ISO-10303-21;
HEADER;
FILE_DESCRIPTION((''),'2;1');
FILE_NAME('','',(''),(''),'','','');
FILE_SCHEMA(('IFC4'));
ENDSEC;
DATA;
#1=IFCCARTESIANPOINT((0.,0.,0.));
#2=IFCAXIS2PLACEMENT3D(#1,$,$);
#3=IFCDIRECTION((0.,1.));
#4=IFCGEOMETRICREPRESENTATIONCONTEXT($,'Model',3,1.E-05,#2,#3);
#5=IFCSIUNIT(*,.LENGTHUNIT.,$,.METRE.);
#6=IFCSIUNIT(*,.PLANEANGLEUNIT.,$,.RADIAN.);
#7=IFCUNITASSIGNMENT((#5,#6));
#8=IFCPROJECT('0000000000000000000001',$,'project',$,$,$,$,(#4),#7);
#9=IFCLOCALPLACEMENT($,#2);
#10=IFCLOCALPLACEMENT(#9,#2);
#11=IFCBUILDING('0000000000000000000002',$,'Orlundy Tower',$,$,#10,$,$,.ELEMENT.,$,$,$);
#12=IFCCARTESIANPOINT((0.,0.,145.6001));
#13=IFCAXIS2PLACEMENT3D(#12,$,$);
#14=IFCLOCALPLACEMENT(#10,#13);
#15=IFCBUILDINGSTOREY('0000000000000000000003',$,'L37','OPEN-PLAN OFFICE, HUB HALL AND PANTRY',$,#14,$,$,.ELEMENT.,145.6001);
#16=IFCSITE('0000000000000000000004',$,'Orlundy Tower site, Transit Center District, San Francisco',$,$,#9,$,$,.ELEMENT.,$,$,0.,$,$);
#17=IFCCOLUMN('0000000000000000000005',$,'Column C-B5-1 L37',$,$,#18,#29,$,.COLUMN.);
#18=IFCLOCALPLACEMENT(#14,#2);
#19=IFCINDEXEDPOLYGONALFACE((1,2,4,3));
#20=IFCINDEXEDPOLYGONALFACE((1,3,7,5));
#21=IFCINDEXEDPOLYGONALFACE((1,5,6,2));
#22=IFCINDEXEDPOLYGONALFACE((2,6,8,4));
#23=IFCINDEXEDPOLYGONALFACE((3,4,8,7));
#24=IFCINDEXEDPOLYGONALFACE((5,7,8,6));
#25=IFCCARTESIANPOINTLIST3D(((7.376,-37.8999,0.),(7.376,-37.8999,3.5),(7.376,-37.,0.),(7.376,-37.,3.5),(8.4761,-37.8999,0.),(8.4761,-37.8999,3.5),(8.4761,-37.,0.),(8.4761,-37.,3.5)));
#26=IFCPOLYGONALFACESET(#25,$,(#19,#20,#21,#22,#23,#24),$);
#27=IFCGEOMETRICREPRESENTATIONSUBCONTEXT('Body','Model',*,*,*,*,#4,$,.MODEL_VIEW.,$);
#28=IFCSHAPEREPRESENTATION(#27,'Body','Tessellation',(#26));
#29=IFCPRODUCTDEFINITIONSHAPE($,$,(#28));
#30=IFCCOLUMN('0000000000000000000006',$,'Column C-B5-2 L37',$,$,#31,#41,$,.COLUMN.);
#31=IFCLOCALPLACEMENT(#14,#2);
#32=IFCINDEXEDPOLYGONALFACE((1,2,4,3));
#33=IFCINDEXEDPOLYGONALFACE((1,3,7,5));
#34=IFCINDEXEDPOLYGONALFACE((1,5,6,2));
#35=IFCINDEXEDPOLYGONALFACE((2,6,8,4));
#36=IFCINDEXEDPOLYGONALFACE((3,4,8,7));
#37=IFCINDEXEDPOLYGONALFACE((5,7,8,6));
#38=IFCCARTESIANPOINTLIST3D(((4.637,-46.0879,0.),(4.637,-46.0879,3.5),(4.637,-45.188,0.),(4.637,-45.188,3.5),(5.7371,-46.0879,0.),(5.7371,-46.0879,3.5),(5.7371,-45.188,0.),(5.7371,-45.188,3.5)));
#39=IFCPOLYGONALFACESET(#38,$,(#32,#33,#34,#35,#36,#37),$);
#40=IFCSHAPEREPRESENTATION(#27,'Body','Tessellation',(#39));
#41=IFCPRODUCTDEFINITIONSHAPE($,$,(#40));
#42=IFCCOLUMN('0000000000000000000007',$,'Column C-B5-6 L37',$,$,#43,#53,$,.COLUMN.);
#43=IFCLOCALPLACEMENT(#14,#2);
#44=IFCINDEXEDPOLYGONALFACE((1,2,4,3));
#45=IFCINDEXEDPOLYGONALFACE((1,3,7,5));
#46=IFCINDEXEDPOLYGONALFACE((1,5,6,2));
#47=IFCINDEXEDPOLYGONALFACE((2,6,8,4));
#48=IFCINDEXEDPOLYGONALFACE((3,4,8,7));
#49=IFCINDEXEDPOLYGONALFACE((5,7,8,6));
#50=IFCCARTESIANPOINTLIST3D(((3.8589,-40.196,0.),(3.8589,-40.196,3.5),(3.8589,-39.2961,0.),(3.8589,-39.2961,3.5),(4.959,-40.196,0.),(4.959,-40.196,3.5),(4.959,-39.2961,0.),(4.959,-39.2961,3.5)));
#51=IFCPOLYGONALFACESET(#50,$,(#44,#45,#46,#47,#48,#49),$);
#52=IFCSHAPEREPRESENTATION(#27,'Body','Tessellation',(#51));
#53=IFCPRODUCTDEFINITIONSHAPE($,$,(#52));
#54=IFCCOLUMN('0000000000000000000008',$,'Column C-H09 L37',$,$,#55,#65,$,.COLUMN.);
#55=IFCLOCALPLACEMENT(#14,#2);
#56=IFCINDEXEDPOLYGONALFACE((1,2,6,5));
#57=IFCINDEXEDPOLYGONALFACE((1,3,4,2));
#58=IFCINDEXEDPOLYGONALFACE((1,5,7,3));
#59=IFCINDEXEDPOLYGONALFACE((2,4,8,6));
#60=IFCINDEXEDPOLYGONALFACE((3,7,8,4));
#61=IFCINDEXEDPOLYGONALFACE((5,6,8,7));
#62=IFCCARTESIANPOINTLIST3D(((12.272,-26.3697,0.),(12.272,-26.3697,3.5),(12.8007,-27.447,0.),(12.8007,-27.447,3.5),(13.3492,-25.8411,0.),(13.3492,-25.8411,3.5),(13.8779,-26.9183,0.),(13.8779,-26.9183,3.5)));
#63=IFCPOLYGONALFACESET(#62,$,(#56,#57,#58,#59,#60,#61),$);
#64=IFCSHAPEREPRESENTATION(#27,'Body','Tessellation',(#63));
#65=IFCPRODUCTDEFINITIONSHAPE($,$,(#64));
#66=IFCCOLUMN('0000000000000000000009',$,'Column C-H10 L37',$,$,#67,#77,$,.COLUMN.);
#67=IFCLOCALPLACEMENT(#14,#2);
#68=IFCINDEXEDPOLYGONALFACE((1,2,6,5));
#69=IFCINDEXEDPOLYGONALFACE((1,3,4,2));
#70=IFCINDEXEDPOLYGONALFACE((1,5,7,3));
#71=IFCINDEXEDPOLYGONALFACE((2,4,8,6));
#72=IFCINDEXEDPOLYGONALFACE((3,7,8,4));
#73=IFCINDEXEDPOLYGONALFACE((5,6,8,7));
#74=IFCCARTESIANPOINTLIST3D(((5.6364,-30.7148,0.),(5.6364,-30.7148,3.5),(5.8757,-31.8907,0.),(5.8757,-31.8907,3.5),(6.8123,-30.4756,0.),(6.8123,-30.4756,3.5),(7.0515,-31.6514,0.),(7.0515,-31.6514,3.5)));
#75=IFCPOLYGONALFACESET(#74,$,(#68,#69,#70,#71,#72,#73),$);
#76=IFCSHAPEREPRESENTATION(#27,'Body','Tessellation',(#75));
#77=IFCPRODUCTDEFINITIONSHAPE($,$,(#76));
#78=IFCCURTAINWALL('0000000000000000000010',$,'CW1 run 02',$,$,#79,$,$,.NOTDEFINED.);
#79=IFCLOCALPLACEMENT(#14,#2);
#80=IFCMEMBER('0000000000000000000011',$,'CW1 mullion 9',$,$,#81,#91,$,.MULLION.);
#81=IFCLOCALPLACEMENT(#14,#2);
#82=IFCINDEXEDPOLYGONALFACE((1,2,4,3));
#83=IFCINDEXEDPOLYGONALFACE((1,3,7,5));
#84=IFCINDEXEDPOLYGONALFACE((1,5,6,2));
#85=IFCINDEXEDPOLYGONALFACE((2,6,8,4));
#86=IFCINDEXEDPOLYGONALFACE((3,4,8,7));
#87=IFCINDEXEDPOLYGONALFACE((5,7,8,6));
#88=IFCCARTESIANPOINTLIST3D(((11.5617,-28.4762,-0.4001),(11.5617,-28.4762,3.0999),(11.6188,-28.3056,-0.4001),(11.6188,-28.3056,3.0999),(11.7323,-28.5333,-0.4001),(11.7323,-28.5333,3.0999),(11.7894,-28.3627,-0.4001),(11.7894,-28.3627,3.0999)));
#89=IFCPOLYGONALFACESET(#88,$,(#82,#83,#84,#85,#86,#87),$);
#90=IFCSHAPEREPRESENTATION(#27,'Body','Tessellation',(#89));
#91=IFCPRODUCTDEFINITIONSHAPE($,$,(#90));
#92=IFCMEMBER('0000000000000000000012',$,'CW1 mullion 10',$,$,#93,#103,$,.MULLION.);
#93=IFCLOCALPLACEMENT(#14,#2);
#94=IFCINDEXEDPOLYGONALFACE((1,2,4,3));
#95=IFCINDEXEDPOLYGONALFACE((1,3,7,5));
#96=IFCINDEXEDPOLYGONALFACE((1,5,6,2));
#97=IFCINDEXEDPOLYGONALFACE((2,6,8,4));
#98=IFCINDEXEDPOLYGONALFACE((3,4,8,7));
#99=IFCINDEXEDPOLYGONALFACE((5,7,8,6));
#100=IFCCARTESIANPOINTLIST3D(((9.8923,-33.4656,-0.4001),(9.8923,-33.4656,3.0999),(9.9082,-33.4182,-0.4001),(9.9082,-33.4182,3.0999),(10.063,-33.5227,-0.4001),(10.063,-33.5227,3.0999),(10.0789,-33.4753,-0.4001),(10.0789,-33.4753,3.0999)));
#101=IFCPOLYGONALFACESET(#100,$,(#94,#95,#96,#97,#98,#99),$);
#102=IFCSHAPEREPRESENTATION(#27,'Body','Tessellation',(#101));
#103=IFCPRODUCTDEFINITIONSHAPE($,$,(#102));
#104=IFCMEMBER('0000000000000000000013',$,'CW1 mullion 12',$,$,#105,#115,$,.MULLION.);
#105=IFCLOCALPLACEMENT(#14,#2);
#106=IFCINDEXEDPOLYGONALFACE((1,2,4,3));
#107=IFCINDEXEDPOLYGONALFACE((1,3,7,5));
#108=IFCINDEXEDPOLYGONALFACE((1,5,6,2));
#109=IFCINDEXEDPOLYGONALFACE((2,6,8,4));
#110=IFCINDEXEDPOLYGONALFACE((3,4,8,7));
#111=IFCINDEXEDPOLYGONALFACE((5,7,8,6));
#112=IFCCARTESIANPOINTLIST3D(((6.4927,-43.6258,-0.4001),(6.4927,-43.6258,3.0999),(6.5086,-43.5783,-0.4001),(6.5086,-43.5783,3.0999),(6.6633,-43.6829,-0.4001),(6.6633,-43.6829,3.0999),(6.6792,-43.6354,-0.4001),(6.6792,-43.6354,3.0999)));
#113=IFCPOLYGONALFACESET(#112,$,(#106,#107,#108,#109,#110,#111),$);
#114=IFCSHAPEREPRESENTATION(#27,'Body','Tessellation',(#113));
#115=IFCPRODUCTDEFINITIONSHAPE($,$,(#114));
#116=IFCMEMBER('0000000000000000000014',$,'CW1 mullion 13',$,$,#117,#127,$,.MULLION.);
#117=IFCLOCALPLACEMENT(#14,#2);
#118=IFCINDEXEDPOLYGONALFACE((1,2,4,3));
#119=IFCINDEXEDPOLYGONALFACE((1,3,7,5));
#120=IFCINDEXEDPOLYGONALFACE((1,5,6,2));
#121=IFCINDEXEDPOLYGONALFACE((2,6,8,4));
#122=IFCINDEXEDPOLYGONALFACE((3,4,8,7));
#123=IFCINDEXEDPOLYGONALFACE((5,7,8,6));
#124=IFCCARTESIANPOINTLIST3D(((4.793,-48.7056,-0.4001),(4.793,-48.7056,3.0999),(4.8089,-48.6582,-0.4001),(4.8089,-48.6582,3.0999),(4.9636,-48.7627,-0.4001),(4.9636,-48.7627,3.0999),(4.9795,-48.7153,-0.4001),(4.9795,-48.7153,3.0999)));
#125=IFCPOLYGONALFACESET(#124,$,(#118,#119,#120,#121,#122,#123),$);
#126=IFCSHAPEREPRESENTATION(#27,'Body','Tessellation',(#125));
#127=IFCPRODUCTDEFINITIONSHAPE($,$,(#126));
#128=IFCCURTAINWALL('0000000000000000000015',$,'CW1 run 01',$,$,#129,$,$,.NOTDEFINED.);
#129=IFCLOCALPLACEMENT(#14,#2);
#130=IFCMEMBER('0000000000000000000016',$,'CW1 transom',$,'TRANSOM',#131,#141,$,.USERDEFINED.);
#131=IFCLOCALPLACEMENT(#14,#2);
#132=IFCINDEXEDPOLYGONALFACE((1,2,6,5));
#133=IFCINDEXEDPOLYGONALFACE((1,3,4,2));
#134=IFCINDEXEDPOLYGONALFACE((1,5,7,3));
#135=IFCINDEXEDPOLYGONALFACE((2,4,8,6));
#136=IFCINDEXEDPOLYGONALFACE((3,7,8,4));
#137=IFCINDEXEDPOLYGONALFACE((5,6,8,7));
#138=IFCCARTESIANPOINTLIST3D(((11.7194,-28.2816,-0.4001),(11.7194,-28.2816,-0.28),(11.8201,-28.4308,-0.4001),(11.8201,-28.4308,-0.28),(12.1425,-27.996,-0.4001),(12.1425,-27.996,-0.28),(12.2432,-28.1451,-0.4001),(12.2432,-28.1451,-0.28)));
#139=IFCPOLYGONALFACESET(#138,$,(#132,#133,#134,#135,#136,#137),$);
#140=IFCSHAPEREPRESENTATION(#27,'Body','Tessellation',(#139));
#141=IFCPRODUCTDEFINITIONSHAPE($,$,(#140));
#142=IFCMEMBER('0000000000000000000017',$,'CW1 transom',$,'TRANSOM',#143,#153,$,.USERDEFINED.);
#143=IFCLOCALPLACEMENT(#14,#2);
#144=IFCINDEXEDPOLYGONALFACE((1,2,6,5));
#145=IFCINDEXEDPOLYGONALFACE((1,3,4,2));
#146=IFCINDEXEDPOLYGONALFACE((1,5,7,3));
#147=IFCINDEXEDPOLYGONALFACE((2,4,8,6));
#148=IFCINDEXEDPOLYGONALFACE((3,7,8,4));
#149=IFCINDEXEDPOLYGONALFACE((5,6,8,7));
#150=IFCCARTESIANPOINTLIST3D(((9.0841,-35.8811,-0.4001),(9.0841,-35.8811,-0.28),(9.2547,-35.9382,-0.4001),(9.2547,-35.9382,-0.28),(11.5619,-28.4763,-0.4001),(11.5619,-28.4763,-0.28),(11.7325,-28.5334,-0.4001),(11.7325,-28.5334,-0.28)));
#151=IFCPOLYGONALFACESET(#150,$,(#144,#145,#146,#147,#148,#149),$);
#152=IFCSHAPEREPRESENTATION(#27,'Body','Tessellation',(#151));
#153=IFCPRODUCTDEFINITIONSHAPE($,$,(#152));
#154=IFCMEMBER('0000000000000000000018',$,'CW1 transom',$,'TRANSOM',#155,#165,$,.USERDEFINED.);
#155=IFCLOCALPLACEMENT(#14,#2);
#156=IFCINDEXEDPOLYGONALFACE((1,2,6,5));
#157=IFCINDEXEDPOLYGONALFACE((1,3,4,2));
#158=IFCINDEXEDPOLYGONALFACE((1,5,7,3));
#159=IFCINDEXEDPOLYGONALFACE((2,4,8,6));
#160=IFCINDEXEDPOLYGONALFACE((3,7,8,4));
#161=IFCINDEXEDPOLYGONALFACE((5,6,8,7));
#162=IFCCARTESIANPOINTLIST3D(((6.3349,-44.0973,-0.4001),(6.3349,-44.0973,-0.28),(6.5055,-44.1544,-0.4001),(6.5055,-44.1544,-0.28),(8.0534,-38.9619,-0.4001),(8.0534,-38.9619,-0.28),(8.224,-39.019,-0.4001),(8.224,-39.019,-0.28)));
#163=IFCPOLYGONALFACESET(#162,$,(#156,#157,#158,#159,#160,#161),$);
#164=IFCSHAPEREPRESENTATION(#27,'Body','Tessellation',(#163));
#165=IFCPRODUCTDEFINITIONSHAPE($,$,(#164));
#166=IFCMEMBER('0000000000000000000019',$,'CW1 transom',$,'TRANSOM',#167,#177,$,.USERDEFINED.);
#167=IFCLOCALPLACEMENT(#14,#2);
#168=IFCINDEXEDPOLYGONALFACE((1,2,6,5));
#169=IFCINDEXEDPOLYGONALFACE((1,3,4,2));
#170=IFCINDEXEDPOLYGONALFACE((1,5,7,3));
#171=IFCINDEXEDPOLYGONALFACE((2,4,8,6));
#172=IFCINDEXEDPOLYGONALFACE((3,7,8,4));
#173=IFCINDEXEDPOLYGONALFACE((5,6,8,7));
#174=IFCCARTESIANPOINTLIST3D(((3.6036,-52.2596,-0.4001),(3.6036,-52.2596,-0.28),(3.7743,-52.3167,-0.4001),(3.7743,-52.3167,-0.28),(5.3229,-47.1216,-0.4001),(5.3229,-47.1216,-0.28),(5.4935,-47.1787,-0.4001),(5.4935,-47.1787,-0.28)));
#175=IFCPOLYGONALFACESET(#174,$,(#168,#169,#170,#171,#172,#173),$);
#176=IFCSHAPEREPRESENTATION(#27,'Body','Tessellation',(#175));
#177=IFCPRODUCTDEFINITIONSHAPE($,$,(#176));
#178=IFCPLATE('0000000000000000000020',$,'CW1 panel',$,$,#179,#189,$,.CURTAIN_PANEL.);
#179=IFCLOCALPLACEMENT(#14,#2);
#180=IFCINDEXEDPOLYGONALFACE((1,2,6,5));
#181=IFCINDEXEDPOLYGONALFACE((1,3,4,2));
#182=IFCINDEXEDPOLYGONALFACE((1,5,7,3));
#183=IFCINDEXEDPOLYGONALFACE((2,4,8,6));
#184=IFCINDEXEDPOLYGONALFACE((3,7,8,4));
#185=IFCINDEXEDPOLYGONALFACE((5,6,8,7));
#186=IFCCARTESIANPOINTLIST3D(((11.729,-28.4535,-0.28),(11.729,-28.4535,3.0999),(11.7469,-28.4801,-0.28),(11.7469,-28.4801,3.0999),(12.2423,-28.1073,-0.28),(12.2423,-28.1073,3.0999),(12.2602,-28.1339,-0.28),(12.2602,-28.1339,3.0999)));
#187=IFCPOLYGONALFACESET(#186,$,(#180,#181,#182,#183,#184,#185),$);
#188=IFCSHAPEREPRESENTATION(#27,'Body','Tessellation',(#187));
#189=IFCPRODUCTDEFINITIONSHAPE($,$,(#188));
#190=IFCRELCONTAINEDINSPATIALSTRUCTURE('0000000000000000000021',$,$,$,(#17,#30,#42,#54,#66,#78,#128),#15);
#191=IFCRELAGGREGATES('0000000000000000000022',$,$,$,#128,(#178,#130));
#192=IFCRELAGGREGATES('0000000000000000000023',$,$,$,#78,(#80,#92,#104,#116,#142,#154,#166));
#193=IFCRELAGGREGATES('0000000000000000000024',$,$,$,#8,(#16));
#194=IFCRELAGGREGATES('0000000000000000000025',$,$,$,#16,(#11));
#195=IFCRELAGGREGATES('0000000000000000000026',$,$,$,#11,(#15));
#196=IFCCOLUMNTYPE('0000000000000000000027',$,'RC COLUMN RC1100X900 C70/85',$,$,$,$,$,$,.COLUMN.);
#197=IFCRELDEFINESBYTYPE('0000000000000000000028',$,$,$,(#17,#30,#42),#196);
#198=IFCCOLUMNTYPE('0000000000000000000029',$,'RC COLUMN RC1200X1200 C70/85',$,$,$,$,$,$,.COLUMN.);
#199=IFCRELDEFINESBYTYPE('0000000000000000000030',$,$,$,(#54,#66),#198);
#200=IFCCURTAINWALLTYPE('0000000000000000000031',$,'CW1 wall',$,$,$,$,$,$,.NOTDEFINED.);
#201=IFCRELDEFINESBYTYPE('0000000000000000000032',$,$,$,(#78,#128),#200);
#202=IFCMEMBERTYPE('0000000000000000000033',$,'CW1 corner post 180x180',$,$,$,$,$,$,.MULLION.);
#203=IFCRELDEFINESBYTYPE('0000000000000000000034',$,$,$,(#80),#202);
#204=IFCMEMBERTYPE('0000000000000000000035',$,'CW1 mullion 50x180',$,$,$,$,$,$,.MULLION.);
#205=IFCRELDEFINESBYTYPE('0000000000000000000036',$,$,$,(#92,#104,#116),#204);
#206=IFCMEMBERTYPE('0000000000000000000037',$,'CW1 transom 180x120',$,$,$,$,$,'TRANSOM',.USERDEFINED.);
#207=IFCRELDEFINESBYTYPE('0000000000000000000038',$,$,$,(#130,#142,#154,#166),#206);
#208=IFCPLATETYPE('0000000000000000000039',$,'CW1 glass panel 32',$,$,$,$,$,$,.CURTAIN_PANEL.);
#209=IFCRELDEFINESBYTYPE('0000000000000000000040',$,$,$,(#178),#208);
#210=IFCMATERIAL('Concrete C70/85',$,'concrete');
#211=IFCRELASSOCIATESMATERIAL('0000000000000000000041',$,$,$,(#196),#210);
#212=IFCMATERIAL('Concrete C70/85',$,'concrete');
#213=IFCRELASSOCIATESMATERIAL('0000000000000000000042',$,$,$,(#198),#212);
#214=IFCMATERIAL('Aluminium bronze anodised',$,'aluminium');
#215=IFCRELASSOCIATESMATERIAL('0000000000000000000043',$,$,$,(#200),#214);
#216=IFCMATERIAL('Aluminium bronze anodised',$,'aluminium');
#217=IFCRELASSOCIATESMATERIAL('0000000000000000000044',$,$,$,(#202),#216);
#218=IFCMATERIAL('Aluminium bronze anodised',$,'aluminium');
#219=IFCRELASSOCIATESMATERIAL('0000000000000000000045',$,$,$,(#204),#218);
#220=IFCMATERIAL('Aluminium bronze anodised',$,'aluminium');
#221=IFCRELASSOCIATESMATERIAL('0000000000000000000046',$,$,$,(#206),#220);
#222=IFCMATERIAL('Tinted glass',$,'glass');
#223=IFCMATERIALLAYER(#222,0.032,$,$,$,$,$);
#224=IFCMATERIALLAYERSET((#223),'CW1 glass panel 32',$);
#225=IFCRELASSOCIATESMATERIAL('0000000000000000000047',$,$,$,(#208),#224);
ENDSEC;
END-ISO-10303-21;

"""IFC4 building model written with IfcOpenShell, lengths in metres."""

from ifc_helpers import new_model, si_unit, direction, frame, origin, origin_2d, place, context, subcontext, project, spatial, rectangle, extrude, material, layer, layer_set, material_profile, profile_set, type_object, element, aggregate, save


model = new_model("IFC4")

# Units and contexts
model_context = context("Model", 3, precision=1e-05, world=origin(), true_north=direction((0.0, 1.0)))
body_context = subcontext(model_context, "Body", "Model", "MODEL_VIEW")
ifc_project = project(units=[si_unit("LENGTHUNIT", "METRE"), si_unit("PLANEANGLEUNIT", "RADIAN")], contexts=[model_context])

# Site, building, storey
site_placement = place(None, origin())
site = spatial("IfcSite", under=ifc_project, at=site_placement, Name="Orlundy Tower site, Transit Center District, San Francisco", CompositionType="ELEMENT", RefElevation=0.0)
building_placement = place(site_placement, origin())
building = spatial("IfcBuilding", under=site, at=building_placement, Name="Orlundy Tower", CompositionType="ELEMENT")
storey_placement = place(building_placement, frame((0.0, 0.0, 145.6001)))
storey = spatial("IfcBuildingStorey", under=building, at=storey_placement, Name="L37", Description="OPEN-PLAN OFFICE, HUB HALL AND PANTRY", CompositionType="ELEMENT", Elevation=145.6001)

# Columns
ifc_material_1 = material(Name="Concrete C70/85", Category="concrete")
ifc_material_profile_1 = material_profile(ifc_material_1, rectangle(XDim=1.1001, YDim=0.8999, at=origin_2d()), Name="RC1100X900")
ifc_profile_set_1 = profile_set([ifc_material_profile_1], Name="Concrete C70/85")
column_type_1 = type_object("IfcColumnType", Name="RC COLUMN RC1100X900 C70/85", PredefinedType="COLUMN", material=ifc_profile_set_1)
for number, where, z_axis, x_axis, name in (
    (1, (7.926, -37.45, 0.0), (0.0, 0.0, 1.0), (1.0, 0.0, 0.0), "Column C-B5-1 L37"),
    (2, (5.187, -45.6379, 0.0), (0.0, 0.0, 1.0), (1.0, 0.0, 0.0), "Column C-B5-2 L37"),
    (3, (4.4089, -39.7461, 0.0), (0.0, 0.0, 1.0), (1.0, 0.0, 0.0), "Column C-B5-6 L37"),
):
    element("IfcColumn", number, at=place(storey_placement, frame(where, z_axis=z_axis, x_axis=x_axis)), inside=storey, type_object=column_type_1, Name=name, PredefinedType="COLUMN", context=body_context, shape_type="SweptSolid", body=[
        extrude(rectangle(XDim=1.1001, YDim=0.8999, at=origin_2d()), origin(), (0.0, 0.0, 1.0), 3.5),
    ])
ifc_material_2 = material(Name="Concrete C70/85", Category="concrete")
ifc_material_profile_2 = material_profile(ifc_material_2, rectangle(XDim=1.2, YDim=1.2, at=origin_2d()), Name="RC1200X1200")
ifc_profile_set_2 = profile_set([ifc_material_profile_2], Name="Concrete C70/85")
column_type_2 = type_object("IfcColumnType", Name="RC COLUMN RC1200X1200 C70/85", PredefinedType="COLUMN", material=ifc_profile_set_2)
for number, where, z_axis, x_axis, name in (
    (4, (13.075, -26.644, 0.0), (0.0, 0.0, 1.0), (0.44055, -0.897728, 0.0), "Column C-H09 L37"),
    (5, (6.344, -31.1831, 0.0), (0.0, 0.0, 1.0), (0.199368, -0.979925, 0.0), "Column C-H10 L37"),
):
    element("IfcColumn", number, at=place(storey_placement, frame(where, z_axis=z_axis, x_axis=x_axis)), inside=storey, type_object=column_type_2, Name=name, PredefinedType="COLUMN", context=body_context, shape_type="SweptSolid", body=[
        extrude(rectangle(XDim=1.2, YDim=1.2, at=origin_2d()), origin(), (0.0, 0.0, 1.0), 3.5),
    ])

# Curtain wall, members
ifc_material_3 = material(Name="Aluminium bronze anodised", Category="aluminium")
curtain_wall_type = type_object("IfcCurtainWallType", Name="CW1 wall", PredefinedType="NOTDEFINED", material=ifc_material_3)
curtain_wall_1_placement = place(storey_placement, origin())
curtain_wall_1 = element("IfcCurtainWall", 6, at=curtain_wall_1_placement, inside=storey, type_object=curtain_wall_type, Name="CW1 run 02", PredefinedType="NOTDEFINED")
ifc_material_4 = material(Name="Aluminium bronze anodised", Category="aluminium")
ifc_material_profile_3 = material_profile(ifc_material_4, rectangle(XDim=0.1799, YDim=0.1799, at=origin_2d()), Name="CW1 corner post 180x180")
ifc_profile_set_3 = profile_set([ifc_material_profile_3], Name="Aluminium bronze anodised")
member_type_1 = type_object("IfcMemberType", Name="CW1 corner post 180x180", PredefinedType="MULLION", material=ifc_profile_set_3)
member_1_placement = place(storey_placement, frame((11.6755, -28.4194, -0.4001), z_axis=(0.0, 0.0, 1.0), x_axis=(0.948321, -0.317314, 0.0)))
member_1 = element("IfcMember", 7, at=member_1_placement, type_object=member_type_1, Name="CW1 mullion 9", PredefinedType="MULLION", context=body_context, shape_type="SweptSolid", body=[
    extrude(rectangle(XDim=0.1799, YDim=0.1799, at=origin_2d()), origin(), (0.0, 0.0, 1.0), 3.5),
])
ifc_material_5 = material(Name="Aluminium bronze anodised", Category="aluminium")
ifc_material_profile_4 = material_profile(ifc_material_5, rectangle(XDim=0.1799, YDim=0.05, at=origin_2d()), Name="CW1 mullion 50x180")
ifc_profile_set_4 = profile_set([ifc_material_profile_4], Name="Aluminium bronze anodised")
member_type_2 = type_object("IfcMemberType", Name="CW1 mullion 50x180", PredefinedType="MULLION", material=ifc_profile_set_4)
member_2_placement = place(storey_placement, frame((9.9856, -33.4705, -0.4001), z_axis=(0.0, 0.0, 1.0), x_axis=(0.948321, -0.317314, 0.0)))
member_2 = element("IfcMember", 8, at=member_2_placement, type_object=member_type_2, Name="CW1 mullion 10", PredefinedType="MULLION", context=body_context, shape_type="SweptSolid", body=[
    extrude(rectangle(XDim=0.1799, YDim=0.05, at=origin_2d()), origin(), (0.0, 0.0, 1.0), 3.5),
])
member_3_placement = place(storey_placement, frame((6.5859, -43.6306, -0.4001), z_axis=(0.0, 0.0, 1.0), x_axis=(0.948321, -0.317314, 0.0)))
member_3 = element("IfcMember", 9, at=member_3_placement, type_object=member_type_2, Name="CW1 mullion 12", PredefinedType="MULLION", context=body_context, shape_type="SweptSolid", body=[
    extrude(rectangle(XDim=0.1799, YDim=0.05, at=origin_2d()), origin(), (0.0, 0.0, 1.0), 3.5),
])
member_4_placement = place(storey_placement, frame((4.8862, -48.7104, -0.4001), z_axis=(0.0, 0.0, 1.0), x_axis=(0.948321, -0.317314, 0.0)))
member_4 = element("IfcMember", 10, at=member_4_placement, type_object=member_type_2, Name="CW1 mullion 13", PredefinedType="MULLION", context=body_context, shape_type="SweptSolid", body=[
    extrude(rectangle(XDim=0.1799, YDim=0.05, at=origin_2d()), origin(), (0.0, 0.0, 1.0), 3.5),
])

# Curtain wall, member
curtain_wall_2_placement = place(storey_placement, origin())
curtain_wall_2 = element("IfcCurtainWall", 11, at=curtain_wall_2_placement, inside=storey, type_object=curtain_wall_type, Name="CW1 run 01", PredefinedType="NOTDEFINED")
ifc_material_6 = material(Name="Aluminium bronze anodised", Category="aluminium")
ifc_material_profile_5 = material_profile(ifc_material_6, rectangle(XDim=0.1799, YDim=0.1201, at=origin_2d()), Name="CW1 transom 180x120")
ifc_profile_set_5 = profile_set([ifc_material_profile_5], Name="Aluminium bronze anodised")
member_type_3 = type_object("IfcMemberType", Name="CW1 transom 180x120", ElementType="TRANSOM", PredefinedType="USERDEFINED", material=ifc_profile_set_5)
member_5_placement = place(storey_placement, frame((12.1929, -28.0706, -0.3401), z_axis=(-0.828799, -0.559547, 0.0), x_axis=(0.559547, -0.828799, 0.0)))
member_5 = element("IfcMember", 12, at=member_5_placement, type_object=member_type_3, Name="CW1 transom", ObjectType="TRANSOM", PredefinedType="USERDEFINED", context=body_context, shape_type="SweptSolid", body=[
    extrude(rectangle(XDim=0.1799, YDim=0.1201, at=origin_2d()), origin(), (0.0, 0.0, 1.0), 0.5105),
])

# Members
member_6_placement = place(storey_placement, frame((11.6472, -28.5049, -0.3401), z_axis=(-0.317325, -0.948317, 0.0), x_axis=(0.948317, -0.317325, 0.0)))
member_6 = element("IfcMember", 13, at=member_6_placement, type_object=member_type_3, Name="CW1 transom", ObjectType="TRANSOM", PredefinedType="USERDEFINED", context=body_context, shape_type="SweptSolid", body=[
    extrude(rectangle(XDim=0.1799, YDim=0.1201, at=origin_2d()), origin(), (0.0, 0.0, 1.0), 7.8083),
])
member_7_placement = place(storey_placement, frame((8.1387, -38.9905, -0.3401), z_axis=(-0.317337, -0.948313, 0.0), x_axis=(0.948313, -0.317337, 0.0)))
member_7 = element("IfcMember", 14, at=member_7_placement, type_object=member_type_3, Name="CW1 transom", ObjectType="TRANSOM", PredefinedType="USERDEFINED", context=body_context, shape_type="SweptSolid", body=[
    extrude(rectangle(XDim=0.1799, YDim=0.1201, at=origin_2d()), origin(), (0.0, 0.0, 1.0), 5.4153),
])
member_8_placement = place(storey_placement, frame((5.4082, -47.1501, -0.3401), z_axis=(-0.317323, -0.948318, 0.0), x_axis=(0.948318, -0.317323, 0.0)))
member_8 = element("IfcMember", 15, at=member_8_placement, type_object=member_type_3, Name="CW1 transom", ObjectType="TRANSOM", PredefinedType="USERDEFINED", context=body_context, shape_type="SweptSolid", body=[
    extrude(rectangle(XDim=0.1799, YDim=0.1201, at=origin_2d()), origin(), (0.0, 0.0, 1.0), 5.418),
])

# Plate
ifc_material_7 = material(Name="Tinted glass", Category="glass")
ifc_layer_1 = layer(ifc_material_7, 0.032)
ifc_layer_set_1 = layer_set([ifc_layer_1], Name="CW1 glass panel 32")
plate_type = type_object("IfcPlateType", Name="CW1 glass panel 32", PredefinedType="CURTAIN_PANEL", material=ifc_layer_set_1)
plate_1_placement = place(storey_placement, frame((11.9946, -28.2937, -0.28), z_axis=(0.0, 0.0, 1.0), x_axis=(-0.829057, -0.559165, 0.0)))
plate_1 = element("IfcPlate", 16, at=plate_1_placement, type_object=plate_type, Name="CW1 panel", PredefinedType="CURTAIN_PANEL", context=body_context, shape_type="SweptSolid", body=[
    extrude(rectangle(XDim=0.6191, YDim=0.032, at=origin_2d()), origin(), (0.0, 0.0, 1.0), 3.3799),
])
aggregate(curtain_wall_2, [plate_1, member_5])
aggregate(curtain_wall_1, [member_1, member_2, member_3, member_4, member_6, member_7, member_8])

save(model, "model.ifc")
